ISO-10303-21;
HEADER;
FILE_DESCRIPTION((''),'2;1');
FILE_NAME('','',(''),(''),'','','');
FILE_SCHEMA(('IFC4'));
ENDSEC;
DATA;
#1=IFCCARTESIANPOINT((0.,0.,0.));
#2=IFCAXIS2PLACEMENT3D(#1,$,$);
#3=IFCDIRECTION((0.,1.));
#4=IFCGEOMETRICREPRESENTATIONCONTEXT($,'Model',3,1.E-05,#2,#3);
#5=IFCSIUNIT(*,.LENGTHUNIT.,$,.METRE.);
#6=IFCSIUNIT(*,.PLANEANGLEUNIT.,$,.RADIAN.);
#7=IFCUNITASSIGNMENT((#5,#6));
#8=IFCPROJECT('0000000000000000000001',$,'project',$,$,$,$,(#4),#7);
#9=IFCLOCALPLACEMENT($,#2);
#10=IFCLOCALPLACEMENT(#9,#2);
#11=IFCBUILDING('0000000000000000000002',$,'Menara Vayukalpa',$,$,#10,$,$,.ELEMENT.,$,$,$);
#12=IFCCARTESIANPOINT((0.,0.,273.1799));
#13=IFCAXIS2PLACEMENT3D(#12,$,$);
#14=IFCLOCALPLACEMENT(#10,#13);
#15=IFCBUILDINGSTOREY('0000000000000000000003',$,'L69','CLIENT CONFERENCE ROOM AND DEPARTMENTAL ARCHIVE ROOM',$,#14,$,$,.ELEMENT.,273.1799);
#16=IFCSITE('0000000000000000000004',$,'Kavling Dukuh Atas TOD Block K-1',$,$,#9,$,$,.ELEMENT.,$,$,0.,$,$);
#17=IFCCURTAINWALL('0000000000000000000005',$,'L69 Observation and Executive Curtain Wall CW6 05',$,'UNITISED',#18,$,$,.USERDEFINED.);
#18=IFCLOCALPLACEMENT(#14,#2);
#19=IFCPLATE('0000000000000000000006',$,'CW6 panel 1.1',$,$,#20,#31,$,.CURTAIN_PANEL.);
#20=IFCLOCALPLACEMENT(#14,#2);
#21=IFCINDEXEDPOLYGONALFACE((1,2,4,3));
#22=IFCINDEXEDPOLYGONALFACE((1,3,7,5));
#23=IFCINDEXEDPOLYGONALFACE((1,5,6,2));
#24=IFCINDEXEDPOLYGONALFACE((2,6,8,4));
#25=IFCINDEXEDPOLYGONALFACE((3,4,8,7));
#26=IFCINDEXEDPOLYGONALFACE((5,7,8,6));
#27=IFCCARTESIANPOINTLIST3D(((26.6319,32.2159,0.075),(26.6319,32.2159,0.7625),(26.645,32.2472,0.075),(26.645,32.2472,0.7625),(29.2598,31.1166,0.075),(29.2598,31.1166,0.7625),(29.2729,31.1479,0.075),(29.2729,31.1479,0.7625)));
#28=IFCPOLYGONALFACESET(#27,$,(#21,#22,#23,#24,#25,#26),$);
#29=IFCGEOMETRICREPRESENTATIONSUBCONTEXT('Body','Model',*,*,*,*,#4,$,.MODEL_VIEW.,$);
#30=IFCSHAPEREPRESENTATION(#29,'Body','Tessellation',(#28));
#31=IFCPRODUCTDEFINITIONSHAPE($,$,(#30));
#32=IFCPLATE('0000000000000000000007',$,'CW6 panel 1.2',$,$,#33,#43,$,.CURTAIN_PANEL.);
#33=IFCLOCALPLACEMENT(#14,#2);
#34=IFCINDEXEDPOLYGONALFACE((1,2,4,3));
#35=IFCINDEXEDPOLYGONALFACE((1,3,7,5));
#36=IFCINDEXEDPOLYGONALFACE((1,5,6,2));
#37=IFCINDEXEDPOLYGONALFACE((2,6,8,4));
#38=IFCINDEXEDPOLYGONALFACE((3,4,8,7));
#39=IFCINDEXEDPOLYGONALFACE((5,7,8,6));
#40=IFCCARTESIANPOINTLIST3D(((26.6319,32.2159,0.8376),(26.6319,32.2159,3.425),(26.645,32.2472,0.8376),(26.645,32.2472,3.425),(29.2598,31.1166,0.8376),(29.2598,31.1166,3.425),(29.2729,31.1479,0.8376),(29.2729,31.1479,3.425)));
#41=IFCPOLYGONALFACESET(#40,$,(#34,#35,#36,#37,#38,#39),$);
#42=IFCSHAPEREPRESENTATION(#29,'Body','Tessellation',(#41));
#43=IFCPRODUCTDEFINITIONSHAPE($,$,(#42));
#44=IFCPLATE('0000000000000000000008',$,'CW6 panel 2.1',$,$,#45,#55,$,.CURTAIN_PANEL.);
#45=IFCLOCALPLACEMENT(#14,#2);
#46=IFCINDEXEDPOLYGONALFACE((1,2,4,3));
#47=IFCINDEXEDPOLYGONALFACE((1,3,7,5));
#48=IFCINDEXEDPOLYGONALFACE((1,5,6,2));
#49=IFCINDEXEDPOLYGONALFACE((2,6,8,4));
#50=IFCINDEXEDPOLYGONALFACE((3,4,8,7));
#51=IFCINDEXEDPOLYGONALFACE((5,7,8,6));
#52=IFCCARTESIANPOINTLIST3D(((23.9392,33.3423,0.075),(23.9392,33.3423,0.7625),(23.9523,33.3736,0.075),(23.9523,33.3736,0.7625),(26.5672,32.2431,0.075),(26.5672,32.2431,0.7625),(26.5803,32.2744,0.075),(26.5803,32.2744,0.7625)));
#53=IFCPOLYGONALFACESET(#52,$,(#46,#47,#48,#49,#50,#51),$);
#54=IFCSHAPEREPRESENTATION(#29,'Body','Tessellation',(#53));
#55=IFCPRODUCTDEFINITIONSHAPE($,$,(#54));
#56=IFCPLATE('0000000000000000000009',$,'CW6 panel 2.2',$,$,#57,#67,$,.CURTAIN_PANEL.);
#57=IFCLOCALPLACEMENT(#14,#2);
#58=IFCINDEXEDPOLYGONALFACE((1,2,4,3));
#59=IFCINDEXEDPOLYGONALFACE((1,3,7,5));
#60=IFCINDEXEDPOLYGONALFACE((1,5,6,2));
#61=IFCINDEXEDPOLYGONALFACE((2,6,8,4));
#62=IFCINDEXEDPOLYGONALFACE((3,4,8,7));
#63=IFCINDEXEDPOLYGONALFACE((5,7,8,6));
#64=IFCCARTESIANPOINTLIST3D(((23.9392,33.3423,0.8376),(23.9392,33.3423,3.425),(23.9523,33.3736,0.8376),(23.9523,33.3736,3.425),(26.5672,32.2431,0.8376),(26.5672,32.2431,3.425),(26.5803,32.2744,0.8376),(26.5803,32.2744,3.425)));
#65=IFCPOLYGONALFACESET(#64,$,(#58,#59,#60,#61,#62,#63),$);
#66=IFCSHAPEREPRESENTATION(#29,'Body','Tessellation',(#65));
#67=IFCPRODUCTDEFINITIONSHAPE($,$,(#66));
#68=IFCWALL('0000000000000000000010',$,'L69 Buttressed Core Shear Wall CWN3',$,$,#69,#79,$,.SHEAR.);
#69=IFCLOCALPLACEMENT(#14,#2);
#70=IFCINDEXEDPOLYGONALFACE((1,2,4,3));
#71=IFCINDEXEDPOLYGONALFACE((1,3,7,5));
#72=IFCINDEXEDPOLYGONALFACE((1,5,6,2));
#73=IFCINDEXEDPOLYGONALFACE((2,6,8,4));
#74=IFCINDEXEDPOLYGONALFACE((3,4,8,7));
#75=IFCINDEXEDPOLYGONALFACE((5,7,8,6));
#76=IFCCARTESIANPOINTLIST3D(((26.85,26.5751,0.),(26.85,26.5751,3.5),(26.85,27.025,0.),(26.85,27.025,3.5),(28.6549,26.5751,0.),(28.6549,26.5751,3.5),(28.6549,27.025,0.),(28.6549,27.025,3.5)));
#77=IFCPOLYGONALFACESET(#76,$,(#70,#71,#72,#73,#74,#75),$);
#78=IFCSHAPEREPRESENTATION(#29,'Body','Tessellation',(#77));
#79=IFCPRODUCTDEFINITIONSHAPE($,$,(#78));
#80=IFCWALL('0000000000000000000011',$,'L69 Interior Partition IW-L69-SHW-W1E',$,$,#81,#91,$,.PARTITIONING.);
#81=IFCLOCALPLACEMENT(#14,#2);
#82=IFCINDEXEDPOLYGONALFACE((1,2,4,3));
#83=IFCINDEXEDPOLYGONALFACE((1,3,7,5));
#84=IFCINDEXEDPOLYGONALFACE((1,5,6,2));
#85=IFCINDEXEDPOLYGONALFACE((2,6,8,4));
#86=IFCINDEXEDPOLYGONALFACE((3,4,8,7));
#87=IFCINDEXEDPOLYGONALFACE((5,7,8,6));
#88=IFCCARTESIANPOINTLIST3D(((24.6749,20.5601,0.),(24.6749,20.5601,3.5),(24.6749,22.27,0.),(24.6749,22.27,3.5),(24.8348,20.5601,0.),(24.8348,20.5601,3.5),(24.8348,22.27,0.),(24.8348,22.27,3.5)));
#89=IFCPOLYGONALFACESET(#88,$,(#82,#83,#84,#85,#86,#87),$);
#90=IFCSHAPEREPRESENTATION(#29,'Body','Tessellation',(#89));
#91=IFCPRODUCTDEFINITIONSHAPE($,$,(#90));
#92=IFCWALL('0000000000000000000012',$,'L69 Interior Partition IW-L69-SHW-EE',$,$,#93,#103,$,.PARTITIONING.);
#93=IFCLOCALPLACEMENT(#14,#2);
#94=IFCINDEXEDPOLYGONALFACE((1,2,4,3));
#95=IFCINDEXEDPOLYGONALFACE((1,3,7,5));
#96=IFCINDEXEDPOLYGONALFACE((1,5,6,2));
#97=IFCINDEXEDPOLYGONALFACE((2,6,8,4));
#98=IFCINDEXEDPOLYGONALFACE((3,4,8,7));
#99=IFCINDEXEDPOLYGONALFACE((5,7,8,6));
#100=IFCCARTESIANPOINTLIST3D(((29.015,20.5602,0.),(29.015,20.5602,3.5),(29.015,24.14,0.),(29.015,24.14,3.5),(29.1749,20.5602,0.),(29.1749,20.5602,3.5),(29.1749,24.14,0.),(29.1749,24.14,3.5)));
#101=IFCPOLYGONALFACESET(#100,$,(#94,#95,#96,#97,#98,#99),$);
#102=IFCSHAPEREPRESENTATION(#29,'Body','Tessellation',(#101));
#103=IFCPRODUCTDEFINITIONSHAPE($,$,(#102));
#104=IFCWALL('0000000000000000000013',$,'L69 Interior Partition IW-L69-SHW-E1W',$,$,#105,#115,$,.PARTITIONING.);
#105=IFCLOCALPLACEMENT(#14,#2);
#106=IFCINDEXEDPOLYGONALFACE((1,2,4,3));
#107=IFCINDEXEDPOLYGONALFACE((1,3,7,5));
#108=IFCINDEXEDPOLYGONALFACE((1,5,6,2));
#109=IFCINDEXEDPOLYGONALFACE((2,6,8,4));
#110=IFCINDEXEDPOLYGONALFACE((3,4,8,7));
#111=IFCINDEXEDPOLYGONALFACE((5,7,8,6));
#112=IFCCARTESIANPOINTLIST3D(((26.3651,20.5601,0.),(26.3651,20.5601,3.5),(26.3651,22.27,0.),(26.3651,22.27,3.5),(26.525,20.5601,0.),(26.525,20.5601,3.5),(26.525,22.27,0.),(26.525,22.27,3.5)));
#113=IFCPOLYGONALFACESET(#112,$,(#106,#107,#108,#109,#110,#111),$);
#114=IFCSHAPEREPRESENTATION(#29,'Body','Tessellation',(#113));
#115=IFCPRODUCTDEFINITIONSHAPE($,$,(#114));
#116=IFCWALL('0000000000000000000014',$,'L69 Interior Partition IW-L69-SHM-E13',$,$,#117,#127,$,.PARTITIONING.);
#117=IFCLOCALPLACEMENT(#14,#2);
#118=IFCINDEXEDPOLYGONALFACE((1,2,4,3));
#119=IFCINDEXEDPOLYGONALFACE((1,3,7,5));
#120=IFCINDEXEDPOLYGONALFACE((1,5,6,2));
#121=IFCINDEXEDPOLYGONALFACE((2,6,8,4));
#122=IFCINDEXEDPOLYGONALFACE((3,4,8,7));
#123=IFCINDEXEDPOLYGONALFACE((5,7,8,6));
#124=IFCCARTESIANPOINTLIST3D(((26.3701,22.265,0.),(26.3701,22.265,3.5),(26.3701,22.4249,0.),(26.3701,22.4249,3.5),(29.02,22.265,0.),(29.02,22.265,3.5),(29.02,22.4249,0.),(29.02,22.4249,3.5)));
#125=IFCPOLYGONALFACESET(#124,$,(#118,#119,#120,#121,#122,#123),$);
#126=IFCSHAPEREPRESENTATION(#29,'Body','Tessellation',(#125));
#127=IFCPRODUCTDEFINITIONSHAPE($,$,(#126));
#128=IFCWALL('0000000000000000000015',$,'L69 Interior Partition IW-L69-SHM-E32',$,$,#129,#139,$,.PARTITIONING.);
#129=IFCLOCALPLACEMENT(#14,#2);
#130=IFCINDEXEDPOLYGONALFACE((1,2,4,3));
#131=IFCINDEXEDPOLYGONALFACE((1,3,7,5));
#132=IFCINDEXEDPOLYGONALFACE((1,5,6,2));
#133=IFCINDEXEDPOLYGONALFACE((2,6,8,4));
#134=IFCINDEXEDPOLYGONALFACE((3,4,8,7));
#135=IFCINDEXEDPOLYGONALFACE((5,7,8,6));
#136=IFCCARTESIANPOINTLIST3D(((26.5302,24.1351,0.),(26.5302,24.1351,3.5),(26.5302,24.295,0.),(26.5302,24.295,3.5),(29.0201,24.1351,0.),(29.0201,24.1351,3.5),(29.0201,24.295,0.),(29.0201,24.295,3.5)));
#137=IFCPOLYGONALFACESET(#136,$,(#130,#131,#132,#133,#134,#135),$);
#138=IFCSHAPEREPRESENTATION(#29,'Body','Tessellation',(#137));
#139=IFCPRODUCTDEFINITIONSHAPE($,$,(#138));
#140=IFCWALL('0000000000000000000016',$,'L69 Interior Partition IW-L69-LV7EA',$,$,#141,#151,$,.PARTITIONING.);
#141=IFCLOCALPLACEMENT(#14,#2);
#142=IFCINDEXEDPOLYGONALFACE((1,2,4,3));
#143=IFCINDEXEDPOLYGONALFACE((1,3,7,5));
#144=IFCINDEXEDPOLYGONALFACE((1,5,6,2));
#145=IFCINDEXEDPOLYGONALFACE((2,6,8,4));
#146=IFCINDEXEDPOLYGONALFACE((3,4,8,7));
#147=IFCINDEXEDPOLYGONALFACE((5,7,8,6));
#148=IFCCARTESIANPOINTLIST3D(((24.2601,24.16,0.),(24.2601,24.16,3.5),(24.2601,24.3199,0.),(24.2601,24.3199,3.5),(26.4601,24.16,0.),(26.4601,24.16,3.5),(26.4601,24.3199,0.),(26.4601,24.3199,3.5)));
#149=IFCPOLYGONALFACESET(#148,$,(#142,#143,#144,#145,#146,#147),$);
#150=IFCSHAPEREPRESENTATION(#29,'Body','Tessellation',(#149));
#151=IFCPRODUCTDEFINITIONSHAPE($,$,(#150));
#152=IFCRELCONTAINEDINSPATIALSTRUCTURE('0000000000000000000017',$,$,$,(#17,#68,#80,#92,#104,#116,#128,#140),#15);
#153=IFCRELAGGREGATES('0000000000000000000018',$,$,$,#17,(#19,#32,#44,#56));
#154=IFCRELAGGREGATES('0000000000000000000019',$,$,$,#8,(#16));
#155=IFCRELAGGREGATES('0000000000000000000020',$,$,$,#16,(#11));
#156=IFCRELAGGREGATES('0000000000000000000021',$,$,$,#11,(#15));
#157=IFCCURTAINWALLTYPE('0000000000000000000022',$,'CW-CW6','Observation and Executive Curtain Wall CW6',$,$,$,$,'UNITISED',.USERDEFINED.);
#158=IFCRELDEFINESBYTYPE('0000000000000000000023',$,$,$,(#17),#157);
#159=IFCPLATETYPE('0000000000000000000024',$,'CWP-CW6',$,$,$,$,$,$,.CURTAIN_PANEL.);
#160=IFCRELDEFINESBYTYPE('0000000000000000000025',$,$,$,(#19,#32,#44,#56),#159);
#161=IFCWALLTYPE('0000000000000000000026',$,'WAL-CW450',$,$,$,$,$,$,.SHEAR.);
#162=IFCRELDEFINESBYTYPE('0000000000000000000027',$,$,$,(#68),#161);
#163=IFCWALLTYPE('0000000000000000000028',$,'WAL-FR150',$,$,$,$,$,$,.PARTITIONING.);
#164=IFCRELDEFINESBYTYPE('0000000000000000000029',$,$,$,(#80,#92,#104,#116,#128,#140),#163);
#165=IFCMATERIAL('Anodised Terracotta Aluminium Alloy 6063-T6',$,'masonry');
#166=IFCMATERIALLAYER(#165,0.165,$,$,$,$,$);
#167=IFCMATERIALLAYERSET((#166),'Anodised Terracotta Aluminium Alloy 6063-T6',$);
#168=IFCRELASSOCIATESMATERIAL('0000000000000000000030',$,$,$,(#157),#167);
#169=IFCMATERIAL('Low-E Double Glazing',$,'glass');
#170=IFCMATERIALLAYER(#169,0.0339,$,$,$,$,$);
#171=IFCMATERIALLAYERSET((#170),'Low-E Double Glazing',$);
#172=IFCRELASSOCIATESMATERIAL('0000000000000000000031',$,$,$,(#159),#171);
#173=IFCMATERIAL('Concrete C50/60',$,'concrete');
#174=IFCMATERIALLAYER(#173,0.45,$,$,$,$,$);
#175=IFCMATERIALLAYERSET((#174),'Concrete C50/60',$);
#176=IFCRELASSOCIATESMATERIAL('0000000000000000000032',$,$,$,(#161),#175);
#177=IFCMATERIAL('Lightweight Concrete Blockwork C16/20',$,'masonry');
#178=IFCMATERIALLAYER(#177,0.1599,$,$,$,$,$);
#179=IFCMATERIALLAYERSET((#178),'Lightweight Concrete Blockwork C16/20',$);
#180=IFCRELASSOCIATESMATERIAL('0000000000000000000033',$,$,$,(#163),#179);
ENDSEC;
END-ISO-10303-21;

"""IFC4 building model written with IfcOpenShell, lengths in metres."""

from ifc_helpers import new_model, si_unit, direction, frame, frame_2d, origin, origin_2d, place, context, subcontext, project, spatial, rectangle, extrude, material, layer, layer_set, type_object, element, aggregate, save


model = new_model("IFC4")

# Units and contexts
model_context = context("Model", 3, precision=1e-05, world=origin(), true_north=direction((0.0, 1.0)))
body_context = subcontext(model_context, "Body", "Model", "MODEL_VIEW")
ifc_project = project(units=[si_unit("LENGTHUNIT", "METRE"), si_unit("PLANEANGLEUNIT", "RADIAN")], contexts=[model_context])

# Site, building, storey
site_placement = place(None, origin())
site = spatial("IfcSite", under=ifc_project, at=site_placement, Name="Kavling Dukuh Atas TOD Block K-1", CompositionType="ELEMENT", RefElevation=0.0)
building_placement = place(site_placement, origin())
building = spatial("IfcBuilding", under=site, at=building_placement, Name="Menara Vayukalpa", CompositionType="ELEMENT")
storey_placement = place(building_placement, frame((0.0, 0.0, 273.1799)))
storey = spatial("IfcBuildingStorey", under=building, at=storey_placement, Name="L69", Description="CLIENT CONFERENCE ROOM AND DEPARTMENTAL ARCHIVE ROOM", CompositionType="ELEMENT", Elevation=273.1799)

# Curtain wall, plates
ifc_material_1 = material(Name="Anodised Terracotta Aluminium Alloy 6063-T6", Category="masonry")
ifc_layer_1 = layer(ifc_material_1, 0.165)
ifc_layer_set_1 = layer_set([ifc_layer_1], Name="Anodised Terracotta Aluminium Alloy 6063-T6")
curtain_wall_type = type_object("IfcCurtainWallType", Name="CW-CW6", Description="Observation and Executive Curtain Wall CW6", ElementType="UNITISED", PredefinedType="USERDEFINED", material=ifc_layer_set_1)
curtain_wall_placement = place(storey_placement, origin())
curtain_wall = element("IfcCurtainWall", 1, at=curtain_wall_placement, inside=storey, type_object=curtain_wall_type, Name="L69 Observation and Executive Curtain Wall CW6 05", ObjectType="UNITISED", PredefinedType="USERDEFINED")
ifc_material_2 = material(Name="Low-E Double Glazing", Category="glass")
ifc_layer_2 = layer(ifc_material_2, 0.0339)
ifc_layer_set_2 = layer_set([ifc_layer_2], Name="Low-E Double Glazing")
plate_type = type_object("IfcPlateType", Name="CWP-CW6", PredefinedType="CURTAIN_PANEL", material=ifc_layer_set_2)
plate_1_placement = place(storey_placement, frame((27.9524, 31.6819, 0.075), z_axis=(0.0, 0.0, 1.0), x_axis=(-0.922541, 0.3859, 0.0)))
plate_1 = element("IfcPlate", 2, at=plate_1_placement, type_object=plate_type, Name="CW6 panel 1.1", PredefinedType="CURTAIN_PANEL", context=body_context, shape_type="SweptSolid", body=[
    extrude(rectangle(XDim=2.8486, YDim=0.0339, at=origin_2d()), origin(), (0.0, 0.0, 1.0), 0.6875),
])
plate_2_placement = place(storey_placement, frame((27.9524, 31.6819, 0.8376), z_axis=(0.0, 0.0, 1.0), x_axis=(-0.922541, 0.3859, 0.0)))
plate_2 = element("IfcPlate", 3, at=plate_2_placement, type_object=plate_type, Name="CW6 panel 1.2", PredefinedType="CURTAIN_PANEL", context=body_context, shape_type="SweptSolid", body=[
    extrude(rectangle(XDim=2.8486, YDim=0.0339, at=origin_2d()), origin(), (0.0, 0.0, 1.0), 2.5874),
])
plate_3_placement = place(storey_placement, frame((25.2598, 32.8083, 0.075), z_axis=(0.0, 0.0, 1.0), x_axis=(-0.922541, 0.3859, 0.0)))
plate_3 = element("IfcPlate", 4, at=plate_3_placement, type_object=plate_type, Name="CW6 panel 2.1", PredefinedType="CURTAIN_PANEL", context=body_context, shape_type="SweptSolid", body=[
    extrude(rectangle(XDim=2.8486, YDim=0.0339, at=origin_2d()), origin(), (0.0, 0.0, 1.0), 0.6875),
])
plate_4_placement = place(storey_placement, frame((25.2598, 32.8083, 0.8376), z_axis=(0.0, 0.0, 1.0), x_axis=(-0.922541, 0.3859, 0.0)))
plate_4 = element("IfcPlate", 5, at=plate_4_placement, type_object=plate_type, Name="CW6 panel 2.2", PredefinedType="CURTAIN_PANEL", context=body_context, shape_type="SweptSolid", body=[
    extrude(rectangle(XDim=2.8486, YDim=0.0339, at=origin_2d()), origin(), (0.0, 0.0, 1.0), 2.5874),
])
aggregate(curtain_wall, [plate_1, plate_2, plate_3, plate_4])

# Walls
ifc_material_3 = material(Name="Concrete C50/60", Category="concrete")
ifc_layer_3 = layer(ifc_material_3, 0.45)
ifc_layer_set_3 = layer_set([ifc_layer_3], Name="Concrete C50/60")
wall_type_1 = type_object("IfcWallType", Name="WAL-CW450", PredefinedType="SHEAR", material=ifc_layer_set_3)
wall_1_placement = place(storey_placement, frame((26.8501, 26.8, 0.0), z_axis=(0.0, 0.0, 1.0), x_axis=(1.0, 0.0, 0.0)))
element("IfcWall", 6, at=wall_1_placement, inside=storey, type_object=wall_type_1, Name="L69 Buttressed Core Shear Wall CWN3", PredefinedType="SHEAR", context=body_context, shape_type="SweptSolid", body=[
    extrude(rectangle(XDim=1.8049, YDim=0.45, at=frame_2d((0.9023, 0.0))), origin(), (0.0, 0.0, 1.0), 3.5),
])
ifc_material_4 = material(Name="Lightweight Concrete Blockwork C16/20", Category="masonry")
ifc_layer_4 = layer(ifc_material_4, 0.1599)
ifc_layer_set_4 = layer_set([ifc_layer_4], Name="Lightweight Concrete Blockwork C16/20")
wall_type_2 = type_object("IfcWallType", Name="WAL-FR150", PredefinedType="PARTITIONING", material=ifc_layer_set_4)
wall_2_placement = place(storey_placement, frame((24.7549, 20.5601, 0.0), z_axis=(0.0, 0.0, 1.0), x_axis=(0.0, 1.0, 0.0)))
element("IfcWall", 7, at=wall_2_placement, inside=storey, type_object=wall_type_2, Name="L69 Interior Partition IW-L69-SHW-W1E", PredefinedType="PARTITIONING", context=body_context, shape_type="SweptSolid", body=[
    extrude(rectangle(XDim=1.71, YDim=0.1599, at=frame_2d((0.855, 0.0))), origin(), (0.0, 0.0, 1.0), 3.5),
])
wall_3_placement = place(storey_placement, frame((29.095, 20.5601, 0.0), z_axis=(0.0, 0.0, 1.0), x_axis=(0.0, 1.0, 0.0)))
element("IfcWall", 8, at=wall_3_placement, inside=storey, type_object=wall_type_2, Name="L69 Interior Partition IW-L69-SHW-EE", PredefinedType="PARTITIONING", context=body_context, shape_type="SweptSolid", body=[
    extrude(rectangle(XDim=3.5798, YDim=0.1599, at=frame_2d((1.79, 0.0))), origin(), (0.0, 0.0, 1.0), 3.5),
])
wall_4_placement = place(storey_placement, frame((26.4451, 20.5601, 0.0), z_axis=(0.0, 0.0, 1.0), x_axis=(0.0, 1.0, 0.0)))
element("IfcWall", 9, at=wall_4_placement, inside=storey, type_object=wall_type_2, Name="L69 Interior Partition IW-L69-SHW-E1W", PredefinedType="PARTITIONING", context=body_context, shape_type="SweptSolid", body=[
    extrude(rectangle(XDim=1.71, YDim=0.1599, at=frame_2d((0.855, 0.0))), origin(), (0.0, 0.0, 1.0), 3.5),
])
wall_5_placement = place(storey_placement, frame((26.3701, 22.345, 0.0), z_axis=(0.0, 0.0, 1.0), x_axis=(1.0, 0.0, 0.0)))
element("IfcWall", 10, at=wall_5_placement, inside=storey, type_object=wall_type_2, Name="L69 Interior Partition IW-L69-SHM-E13", PredefinedType="PARTITIONING", context=body_context, shape_type="SweptSolid", body=[
    extrude(rectangle(XDim=2.6499, YDim=0.1599, at=frame_2d((1.325, 0.0))), origin(), (0.0, 0.0, 1.0), 3.5),
])
wall_6_placement = place(storey_placement, frame((26.53, 24.2151, 0.0), z_axis=(0.0, 0.0, 1.0), x_axis=(1.0, 0.0, 0.0)))
element("IfcWall", 11, at=wall_6_placement, inside=storey, type_object=wall_type_2, Name="L69 Interior Partition IW-L69-SHM-E32", PredefinedType="PARTITIONING", context=body_context, shape_type="SweptSolid", body=[
    extrude(rectangle(XDim=2.49, YDim=0.1599, at=frame_2d((1.2451, 0.0))), origin(), (0.0, 0.0, 1.0), 3.5),
])
wall_7_placement = place(storey_placement, frame((24.26, 24.24, 0.0), z_axis=(0.0, 0.0, 1.0), x_axis=(1.0, 0.0, 0.0)))
element("IfcWall", 12, at=wall_7_placement, inside=storey, type_object=wall_type_2, Name="L69 Interior Partition IW-L69-LV7EA", PredefinedType="PARTITIONING", context=body_context, shape_type="SweptSolid", body=[
    extrude(rectangle(XDim=2.2, YDim=0.1599, at=frame_2d((1.1001, 0.0))), origin(), (0.0, 0.0, 1.0), 3.5),
])

save(model, "model.ifc")
